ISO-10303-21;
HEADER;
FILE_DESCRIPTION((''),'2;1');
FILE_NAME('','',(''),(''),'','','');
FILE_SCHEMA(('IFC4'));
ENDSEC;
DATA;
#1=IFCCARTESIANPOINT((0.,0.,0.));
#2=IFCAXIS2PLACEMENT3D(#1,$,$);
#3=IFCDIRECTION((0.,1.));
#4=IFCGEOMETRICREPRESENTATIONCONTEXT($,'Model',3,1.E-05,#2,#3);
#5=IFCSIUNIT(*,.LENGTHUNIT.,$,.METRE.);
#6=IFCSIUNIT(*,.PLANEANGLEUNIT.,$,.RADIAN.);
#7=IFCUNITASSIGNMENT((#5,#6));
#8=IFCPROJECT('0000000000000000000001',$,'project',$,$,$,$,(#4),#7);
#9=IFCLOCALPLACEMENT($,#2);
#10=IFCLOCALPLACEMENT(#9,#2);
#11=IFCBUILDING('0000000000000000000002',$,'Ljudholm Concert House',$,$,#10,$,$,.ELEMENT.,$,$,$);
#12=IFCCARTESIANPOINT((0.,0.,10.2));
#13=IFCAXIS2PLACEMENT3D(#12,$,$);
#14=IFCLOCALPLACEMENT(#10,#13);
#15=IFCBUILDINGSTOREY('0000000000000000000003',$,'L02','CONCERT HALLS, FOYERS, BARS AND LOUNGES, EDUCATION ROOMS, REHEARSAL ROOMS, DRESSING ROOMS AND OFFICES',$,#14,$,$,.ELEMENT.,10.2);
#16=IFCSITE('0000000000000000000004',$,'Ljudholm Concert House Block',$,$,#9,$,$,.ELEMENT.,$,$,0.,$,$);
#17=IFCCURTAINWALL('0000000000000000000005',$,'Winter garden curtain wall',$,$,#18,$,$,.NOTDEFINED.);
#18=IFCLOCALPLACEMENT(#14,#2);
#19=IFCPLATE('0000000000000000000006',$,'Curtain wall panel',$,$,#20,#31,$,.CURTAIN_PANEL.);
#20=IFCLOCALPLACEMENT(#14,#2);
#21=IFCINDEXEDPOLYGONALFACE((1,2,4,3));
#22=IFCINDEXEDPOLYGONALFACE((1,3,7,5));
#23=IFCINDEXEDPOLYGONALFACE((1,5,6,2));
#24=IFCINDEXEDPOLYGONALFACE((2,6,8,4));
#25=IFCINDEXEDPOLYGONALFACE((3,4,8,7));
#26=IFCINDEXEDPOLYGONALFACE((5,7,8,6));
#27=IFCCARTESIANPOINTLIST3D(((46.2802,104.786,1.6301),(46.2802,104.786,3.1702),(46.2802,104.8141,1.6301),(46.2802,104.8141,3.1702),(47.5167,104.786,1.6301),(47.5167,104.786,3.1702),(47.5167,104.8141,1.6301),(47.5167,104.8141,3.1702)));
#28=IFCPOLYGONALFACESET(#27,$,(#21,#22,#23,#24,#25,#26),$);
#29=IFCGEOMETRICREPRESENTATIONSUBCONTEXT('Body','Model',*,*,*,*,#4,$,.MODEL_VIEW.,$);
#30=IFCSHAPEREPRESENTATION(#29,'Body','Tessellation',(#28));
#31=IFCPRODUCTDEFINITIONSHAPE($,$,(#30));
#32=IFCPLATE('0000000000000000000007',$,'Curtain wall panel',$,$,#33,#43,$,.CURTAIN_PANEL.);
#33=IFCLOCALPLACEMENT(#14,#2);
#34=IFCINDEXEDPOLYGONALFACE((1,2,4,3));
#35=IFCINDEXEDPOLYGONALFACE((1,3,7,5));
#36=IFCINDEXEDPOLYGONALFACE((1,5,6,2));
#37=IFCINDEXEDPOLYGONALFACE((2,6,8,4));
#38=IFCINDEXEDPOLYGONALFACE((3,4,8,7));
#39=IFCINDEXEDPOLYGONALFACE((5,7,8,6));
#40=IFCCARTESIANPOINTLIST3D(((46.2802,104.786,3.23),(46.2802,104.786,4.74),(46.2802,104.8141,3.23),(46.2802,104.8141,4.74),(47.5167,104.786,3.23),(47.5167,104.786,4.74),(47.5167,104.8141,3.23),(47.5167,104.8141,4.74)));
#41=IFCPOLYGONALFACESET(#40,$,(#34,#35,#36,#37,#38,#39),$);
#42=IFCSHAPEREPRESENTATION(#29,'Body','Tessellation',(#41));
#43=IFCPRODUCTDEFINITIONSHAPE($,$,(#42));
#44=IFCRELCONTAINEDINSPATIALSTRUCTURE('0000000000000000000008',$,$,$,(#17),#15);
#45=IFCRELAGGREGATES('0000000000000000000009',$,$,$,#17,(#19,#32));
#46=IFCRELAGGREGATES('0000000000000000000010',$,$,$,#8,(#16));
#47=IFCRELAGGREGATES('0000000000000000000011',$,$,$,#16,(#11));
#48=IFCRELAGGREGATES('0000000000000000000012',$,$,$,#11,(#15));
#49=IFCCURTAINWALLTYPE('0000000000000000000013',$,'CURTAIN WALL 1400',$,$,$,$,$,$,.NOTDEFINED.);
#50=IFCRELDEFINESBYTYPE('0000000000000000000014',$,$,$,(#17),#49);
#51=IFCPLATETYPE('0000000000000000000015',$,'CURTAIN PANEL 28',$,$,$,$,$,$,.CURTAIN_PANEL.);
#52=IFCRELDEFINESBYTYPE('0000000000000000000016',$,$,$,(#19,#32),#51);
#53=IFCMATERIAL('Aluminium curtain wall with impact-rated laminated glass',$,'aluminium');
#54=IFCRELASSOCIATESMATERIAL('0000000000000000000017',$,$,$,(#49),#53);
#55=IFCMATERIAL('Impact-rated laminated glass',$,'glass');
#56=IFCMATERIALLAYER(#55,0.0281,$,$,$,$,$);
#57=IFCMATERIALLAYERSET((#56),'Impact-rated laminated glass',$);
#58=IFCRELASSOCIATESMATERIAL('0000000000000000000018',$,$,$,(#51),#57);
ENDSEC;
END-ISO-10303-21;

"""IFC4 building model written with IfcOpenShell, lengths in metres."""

from ifc_helpers import new_model, si_unit, direction, frame, origin, origin_2d, place, context, subcontext, project, spatial, rectangle, extrude, material, layer, layer_set, type_object, element, aggregate, save


model = new_model("IFC4")

# Units and contexts
model_context = context("Model", 3, precision=1e-05, world=origin(), true_north=direction((0.0, 1.0)))
body_context = subcontext(model_context, "Body", "Model", "MODEL_VIEW")
ifc_project = project(units=[si_unit("LENGTHUNIT", "METRE"), si_unit("PLANEANGLEUNIT", "RADIAN")], contexts=[model_context])

# Site, building, storey
site_placement = place(None, origin())
site = spatial("IfcSite", under=ifc_project, at=site_placement, Name="Ljudholm Concert House Block", CompositionType="ELEMENT", RefElevation=0.0)
building_placement = place(site_placement, origin())
building = spatial("IfcBuilding", under=site, at=building_placement, Name="Ljudholm Concert House", CompositionType="ELEMENT")
storey_placement = place(building_placement, frame((0.0, 0.0, 10.2)))
storey = spatial("IfcBuildingStorey", under=building, at=storey_placement, Name="L02", Description="CONCERT HALLS, FOYERS, BARS AND LOUNGES, EDUCATION ROOMS, REHEARSAL ROOMS, DRESSING ROOMS AND OFFICES", CompositionType="ELEMENT", Elevation=10.2)

# Curtain wall
ifc_material_1 = material(Name="Aluminium curtain wall with impact-rated laminated glass", Category="aluminium")
curtain_wall_type = type_object("IfcCurtainWallType", Name="CURTAIN WALL 1400", PredefinedType="NOTDEFINED", material=ifc_material_1)
curtain_wall_1_placement = place(storey_placement, origin())
curtain_wall_1 = element("IfcCurtainWall", 1, at=curtain_wall_1_placement, inside=storey, type_object=curtain_wall_type, Name="Winter garden curtain wall", PredefinedType="NOTDEFINED")

# Plates
ifc_material_2 = material(Name="Impact-rated laminated glass", Category="glass")
ifc_layer = layer(ifc_material_2, 0.0281)
ifc_layer_set = layer_set([ifc_layer], Name="Impact-rated laminated glass")
plate_type = type_object("IfcPlateType", Name="CURTAIN PANEL 28", PredefinedType="CURTAIN_PANEL", material=ifc_layer_set)
plate_1_placement = place(storey_placement, frame((46.8984, 104.8, 1.6301), z_axis=(0.0, 0.0, 1.0), x_axis=(1.0, 0.0, 0.0)))
plate_1 = element("IfcPlate", 2, at=plate_1_placement, type_object=plate_type, Name="Curtain wall panel", PredefinedType="CURTAIN_PANEL", context=body_context, shape_type="SweptSolid", body=[
    extrude(rectangle(XDim=1.2366, YDim=0.0281, at=origin_2d()), origin(), (0.0, 0.0, 1.0), 1.54),
])
plate_2_placement = place(storey_placement, frame((46.8984, 104.8, 3.23), z_axis=(0.0, 0.0, 1.0), x_axis=(1.0, 0.0, 0.0)))
plate_2 = element("IfcPlate", 3, at=plate_2_placement, type_object=plate_type, Name="Curtain wall panel", PredefinedType="CURTAIN_PANEL", context=body_context, shape_type="SweptSolid", body=[
    extrude(rectangle(XDim=1.2366, YDim=0.0281, at=origin_2d()), origin(), (0.0, 0.0, 1.0), 1.51),
])
aggregate(curtain_wall_1, [plate_1, plate_2])

save(model, "model.ifc")
